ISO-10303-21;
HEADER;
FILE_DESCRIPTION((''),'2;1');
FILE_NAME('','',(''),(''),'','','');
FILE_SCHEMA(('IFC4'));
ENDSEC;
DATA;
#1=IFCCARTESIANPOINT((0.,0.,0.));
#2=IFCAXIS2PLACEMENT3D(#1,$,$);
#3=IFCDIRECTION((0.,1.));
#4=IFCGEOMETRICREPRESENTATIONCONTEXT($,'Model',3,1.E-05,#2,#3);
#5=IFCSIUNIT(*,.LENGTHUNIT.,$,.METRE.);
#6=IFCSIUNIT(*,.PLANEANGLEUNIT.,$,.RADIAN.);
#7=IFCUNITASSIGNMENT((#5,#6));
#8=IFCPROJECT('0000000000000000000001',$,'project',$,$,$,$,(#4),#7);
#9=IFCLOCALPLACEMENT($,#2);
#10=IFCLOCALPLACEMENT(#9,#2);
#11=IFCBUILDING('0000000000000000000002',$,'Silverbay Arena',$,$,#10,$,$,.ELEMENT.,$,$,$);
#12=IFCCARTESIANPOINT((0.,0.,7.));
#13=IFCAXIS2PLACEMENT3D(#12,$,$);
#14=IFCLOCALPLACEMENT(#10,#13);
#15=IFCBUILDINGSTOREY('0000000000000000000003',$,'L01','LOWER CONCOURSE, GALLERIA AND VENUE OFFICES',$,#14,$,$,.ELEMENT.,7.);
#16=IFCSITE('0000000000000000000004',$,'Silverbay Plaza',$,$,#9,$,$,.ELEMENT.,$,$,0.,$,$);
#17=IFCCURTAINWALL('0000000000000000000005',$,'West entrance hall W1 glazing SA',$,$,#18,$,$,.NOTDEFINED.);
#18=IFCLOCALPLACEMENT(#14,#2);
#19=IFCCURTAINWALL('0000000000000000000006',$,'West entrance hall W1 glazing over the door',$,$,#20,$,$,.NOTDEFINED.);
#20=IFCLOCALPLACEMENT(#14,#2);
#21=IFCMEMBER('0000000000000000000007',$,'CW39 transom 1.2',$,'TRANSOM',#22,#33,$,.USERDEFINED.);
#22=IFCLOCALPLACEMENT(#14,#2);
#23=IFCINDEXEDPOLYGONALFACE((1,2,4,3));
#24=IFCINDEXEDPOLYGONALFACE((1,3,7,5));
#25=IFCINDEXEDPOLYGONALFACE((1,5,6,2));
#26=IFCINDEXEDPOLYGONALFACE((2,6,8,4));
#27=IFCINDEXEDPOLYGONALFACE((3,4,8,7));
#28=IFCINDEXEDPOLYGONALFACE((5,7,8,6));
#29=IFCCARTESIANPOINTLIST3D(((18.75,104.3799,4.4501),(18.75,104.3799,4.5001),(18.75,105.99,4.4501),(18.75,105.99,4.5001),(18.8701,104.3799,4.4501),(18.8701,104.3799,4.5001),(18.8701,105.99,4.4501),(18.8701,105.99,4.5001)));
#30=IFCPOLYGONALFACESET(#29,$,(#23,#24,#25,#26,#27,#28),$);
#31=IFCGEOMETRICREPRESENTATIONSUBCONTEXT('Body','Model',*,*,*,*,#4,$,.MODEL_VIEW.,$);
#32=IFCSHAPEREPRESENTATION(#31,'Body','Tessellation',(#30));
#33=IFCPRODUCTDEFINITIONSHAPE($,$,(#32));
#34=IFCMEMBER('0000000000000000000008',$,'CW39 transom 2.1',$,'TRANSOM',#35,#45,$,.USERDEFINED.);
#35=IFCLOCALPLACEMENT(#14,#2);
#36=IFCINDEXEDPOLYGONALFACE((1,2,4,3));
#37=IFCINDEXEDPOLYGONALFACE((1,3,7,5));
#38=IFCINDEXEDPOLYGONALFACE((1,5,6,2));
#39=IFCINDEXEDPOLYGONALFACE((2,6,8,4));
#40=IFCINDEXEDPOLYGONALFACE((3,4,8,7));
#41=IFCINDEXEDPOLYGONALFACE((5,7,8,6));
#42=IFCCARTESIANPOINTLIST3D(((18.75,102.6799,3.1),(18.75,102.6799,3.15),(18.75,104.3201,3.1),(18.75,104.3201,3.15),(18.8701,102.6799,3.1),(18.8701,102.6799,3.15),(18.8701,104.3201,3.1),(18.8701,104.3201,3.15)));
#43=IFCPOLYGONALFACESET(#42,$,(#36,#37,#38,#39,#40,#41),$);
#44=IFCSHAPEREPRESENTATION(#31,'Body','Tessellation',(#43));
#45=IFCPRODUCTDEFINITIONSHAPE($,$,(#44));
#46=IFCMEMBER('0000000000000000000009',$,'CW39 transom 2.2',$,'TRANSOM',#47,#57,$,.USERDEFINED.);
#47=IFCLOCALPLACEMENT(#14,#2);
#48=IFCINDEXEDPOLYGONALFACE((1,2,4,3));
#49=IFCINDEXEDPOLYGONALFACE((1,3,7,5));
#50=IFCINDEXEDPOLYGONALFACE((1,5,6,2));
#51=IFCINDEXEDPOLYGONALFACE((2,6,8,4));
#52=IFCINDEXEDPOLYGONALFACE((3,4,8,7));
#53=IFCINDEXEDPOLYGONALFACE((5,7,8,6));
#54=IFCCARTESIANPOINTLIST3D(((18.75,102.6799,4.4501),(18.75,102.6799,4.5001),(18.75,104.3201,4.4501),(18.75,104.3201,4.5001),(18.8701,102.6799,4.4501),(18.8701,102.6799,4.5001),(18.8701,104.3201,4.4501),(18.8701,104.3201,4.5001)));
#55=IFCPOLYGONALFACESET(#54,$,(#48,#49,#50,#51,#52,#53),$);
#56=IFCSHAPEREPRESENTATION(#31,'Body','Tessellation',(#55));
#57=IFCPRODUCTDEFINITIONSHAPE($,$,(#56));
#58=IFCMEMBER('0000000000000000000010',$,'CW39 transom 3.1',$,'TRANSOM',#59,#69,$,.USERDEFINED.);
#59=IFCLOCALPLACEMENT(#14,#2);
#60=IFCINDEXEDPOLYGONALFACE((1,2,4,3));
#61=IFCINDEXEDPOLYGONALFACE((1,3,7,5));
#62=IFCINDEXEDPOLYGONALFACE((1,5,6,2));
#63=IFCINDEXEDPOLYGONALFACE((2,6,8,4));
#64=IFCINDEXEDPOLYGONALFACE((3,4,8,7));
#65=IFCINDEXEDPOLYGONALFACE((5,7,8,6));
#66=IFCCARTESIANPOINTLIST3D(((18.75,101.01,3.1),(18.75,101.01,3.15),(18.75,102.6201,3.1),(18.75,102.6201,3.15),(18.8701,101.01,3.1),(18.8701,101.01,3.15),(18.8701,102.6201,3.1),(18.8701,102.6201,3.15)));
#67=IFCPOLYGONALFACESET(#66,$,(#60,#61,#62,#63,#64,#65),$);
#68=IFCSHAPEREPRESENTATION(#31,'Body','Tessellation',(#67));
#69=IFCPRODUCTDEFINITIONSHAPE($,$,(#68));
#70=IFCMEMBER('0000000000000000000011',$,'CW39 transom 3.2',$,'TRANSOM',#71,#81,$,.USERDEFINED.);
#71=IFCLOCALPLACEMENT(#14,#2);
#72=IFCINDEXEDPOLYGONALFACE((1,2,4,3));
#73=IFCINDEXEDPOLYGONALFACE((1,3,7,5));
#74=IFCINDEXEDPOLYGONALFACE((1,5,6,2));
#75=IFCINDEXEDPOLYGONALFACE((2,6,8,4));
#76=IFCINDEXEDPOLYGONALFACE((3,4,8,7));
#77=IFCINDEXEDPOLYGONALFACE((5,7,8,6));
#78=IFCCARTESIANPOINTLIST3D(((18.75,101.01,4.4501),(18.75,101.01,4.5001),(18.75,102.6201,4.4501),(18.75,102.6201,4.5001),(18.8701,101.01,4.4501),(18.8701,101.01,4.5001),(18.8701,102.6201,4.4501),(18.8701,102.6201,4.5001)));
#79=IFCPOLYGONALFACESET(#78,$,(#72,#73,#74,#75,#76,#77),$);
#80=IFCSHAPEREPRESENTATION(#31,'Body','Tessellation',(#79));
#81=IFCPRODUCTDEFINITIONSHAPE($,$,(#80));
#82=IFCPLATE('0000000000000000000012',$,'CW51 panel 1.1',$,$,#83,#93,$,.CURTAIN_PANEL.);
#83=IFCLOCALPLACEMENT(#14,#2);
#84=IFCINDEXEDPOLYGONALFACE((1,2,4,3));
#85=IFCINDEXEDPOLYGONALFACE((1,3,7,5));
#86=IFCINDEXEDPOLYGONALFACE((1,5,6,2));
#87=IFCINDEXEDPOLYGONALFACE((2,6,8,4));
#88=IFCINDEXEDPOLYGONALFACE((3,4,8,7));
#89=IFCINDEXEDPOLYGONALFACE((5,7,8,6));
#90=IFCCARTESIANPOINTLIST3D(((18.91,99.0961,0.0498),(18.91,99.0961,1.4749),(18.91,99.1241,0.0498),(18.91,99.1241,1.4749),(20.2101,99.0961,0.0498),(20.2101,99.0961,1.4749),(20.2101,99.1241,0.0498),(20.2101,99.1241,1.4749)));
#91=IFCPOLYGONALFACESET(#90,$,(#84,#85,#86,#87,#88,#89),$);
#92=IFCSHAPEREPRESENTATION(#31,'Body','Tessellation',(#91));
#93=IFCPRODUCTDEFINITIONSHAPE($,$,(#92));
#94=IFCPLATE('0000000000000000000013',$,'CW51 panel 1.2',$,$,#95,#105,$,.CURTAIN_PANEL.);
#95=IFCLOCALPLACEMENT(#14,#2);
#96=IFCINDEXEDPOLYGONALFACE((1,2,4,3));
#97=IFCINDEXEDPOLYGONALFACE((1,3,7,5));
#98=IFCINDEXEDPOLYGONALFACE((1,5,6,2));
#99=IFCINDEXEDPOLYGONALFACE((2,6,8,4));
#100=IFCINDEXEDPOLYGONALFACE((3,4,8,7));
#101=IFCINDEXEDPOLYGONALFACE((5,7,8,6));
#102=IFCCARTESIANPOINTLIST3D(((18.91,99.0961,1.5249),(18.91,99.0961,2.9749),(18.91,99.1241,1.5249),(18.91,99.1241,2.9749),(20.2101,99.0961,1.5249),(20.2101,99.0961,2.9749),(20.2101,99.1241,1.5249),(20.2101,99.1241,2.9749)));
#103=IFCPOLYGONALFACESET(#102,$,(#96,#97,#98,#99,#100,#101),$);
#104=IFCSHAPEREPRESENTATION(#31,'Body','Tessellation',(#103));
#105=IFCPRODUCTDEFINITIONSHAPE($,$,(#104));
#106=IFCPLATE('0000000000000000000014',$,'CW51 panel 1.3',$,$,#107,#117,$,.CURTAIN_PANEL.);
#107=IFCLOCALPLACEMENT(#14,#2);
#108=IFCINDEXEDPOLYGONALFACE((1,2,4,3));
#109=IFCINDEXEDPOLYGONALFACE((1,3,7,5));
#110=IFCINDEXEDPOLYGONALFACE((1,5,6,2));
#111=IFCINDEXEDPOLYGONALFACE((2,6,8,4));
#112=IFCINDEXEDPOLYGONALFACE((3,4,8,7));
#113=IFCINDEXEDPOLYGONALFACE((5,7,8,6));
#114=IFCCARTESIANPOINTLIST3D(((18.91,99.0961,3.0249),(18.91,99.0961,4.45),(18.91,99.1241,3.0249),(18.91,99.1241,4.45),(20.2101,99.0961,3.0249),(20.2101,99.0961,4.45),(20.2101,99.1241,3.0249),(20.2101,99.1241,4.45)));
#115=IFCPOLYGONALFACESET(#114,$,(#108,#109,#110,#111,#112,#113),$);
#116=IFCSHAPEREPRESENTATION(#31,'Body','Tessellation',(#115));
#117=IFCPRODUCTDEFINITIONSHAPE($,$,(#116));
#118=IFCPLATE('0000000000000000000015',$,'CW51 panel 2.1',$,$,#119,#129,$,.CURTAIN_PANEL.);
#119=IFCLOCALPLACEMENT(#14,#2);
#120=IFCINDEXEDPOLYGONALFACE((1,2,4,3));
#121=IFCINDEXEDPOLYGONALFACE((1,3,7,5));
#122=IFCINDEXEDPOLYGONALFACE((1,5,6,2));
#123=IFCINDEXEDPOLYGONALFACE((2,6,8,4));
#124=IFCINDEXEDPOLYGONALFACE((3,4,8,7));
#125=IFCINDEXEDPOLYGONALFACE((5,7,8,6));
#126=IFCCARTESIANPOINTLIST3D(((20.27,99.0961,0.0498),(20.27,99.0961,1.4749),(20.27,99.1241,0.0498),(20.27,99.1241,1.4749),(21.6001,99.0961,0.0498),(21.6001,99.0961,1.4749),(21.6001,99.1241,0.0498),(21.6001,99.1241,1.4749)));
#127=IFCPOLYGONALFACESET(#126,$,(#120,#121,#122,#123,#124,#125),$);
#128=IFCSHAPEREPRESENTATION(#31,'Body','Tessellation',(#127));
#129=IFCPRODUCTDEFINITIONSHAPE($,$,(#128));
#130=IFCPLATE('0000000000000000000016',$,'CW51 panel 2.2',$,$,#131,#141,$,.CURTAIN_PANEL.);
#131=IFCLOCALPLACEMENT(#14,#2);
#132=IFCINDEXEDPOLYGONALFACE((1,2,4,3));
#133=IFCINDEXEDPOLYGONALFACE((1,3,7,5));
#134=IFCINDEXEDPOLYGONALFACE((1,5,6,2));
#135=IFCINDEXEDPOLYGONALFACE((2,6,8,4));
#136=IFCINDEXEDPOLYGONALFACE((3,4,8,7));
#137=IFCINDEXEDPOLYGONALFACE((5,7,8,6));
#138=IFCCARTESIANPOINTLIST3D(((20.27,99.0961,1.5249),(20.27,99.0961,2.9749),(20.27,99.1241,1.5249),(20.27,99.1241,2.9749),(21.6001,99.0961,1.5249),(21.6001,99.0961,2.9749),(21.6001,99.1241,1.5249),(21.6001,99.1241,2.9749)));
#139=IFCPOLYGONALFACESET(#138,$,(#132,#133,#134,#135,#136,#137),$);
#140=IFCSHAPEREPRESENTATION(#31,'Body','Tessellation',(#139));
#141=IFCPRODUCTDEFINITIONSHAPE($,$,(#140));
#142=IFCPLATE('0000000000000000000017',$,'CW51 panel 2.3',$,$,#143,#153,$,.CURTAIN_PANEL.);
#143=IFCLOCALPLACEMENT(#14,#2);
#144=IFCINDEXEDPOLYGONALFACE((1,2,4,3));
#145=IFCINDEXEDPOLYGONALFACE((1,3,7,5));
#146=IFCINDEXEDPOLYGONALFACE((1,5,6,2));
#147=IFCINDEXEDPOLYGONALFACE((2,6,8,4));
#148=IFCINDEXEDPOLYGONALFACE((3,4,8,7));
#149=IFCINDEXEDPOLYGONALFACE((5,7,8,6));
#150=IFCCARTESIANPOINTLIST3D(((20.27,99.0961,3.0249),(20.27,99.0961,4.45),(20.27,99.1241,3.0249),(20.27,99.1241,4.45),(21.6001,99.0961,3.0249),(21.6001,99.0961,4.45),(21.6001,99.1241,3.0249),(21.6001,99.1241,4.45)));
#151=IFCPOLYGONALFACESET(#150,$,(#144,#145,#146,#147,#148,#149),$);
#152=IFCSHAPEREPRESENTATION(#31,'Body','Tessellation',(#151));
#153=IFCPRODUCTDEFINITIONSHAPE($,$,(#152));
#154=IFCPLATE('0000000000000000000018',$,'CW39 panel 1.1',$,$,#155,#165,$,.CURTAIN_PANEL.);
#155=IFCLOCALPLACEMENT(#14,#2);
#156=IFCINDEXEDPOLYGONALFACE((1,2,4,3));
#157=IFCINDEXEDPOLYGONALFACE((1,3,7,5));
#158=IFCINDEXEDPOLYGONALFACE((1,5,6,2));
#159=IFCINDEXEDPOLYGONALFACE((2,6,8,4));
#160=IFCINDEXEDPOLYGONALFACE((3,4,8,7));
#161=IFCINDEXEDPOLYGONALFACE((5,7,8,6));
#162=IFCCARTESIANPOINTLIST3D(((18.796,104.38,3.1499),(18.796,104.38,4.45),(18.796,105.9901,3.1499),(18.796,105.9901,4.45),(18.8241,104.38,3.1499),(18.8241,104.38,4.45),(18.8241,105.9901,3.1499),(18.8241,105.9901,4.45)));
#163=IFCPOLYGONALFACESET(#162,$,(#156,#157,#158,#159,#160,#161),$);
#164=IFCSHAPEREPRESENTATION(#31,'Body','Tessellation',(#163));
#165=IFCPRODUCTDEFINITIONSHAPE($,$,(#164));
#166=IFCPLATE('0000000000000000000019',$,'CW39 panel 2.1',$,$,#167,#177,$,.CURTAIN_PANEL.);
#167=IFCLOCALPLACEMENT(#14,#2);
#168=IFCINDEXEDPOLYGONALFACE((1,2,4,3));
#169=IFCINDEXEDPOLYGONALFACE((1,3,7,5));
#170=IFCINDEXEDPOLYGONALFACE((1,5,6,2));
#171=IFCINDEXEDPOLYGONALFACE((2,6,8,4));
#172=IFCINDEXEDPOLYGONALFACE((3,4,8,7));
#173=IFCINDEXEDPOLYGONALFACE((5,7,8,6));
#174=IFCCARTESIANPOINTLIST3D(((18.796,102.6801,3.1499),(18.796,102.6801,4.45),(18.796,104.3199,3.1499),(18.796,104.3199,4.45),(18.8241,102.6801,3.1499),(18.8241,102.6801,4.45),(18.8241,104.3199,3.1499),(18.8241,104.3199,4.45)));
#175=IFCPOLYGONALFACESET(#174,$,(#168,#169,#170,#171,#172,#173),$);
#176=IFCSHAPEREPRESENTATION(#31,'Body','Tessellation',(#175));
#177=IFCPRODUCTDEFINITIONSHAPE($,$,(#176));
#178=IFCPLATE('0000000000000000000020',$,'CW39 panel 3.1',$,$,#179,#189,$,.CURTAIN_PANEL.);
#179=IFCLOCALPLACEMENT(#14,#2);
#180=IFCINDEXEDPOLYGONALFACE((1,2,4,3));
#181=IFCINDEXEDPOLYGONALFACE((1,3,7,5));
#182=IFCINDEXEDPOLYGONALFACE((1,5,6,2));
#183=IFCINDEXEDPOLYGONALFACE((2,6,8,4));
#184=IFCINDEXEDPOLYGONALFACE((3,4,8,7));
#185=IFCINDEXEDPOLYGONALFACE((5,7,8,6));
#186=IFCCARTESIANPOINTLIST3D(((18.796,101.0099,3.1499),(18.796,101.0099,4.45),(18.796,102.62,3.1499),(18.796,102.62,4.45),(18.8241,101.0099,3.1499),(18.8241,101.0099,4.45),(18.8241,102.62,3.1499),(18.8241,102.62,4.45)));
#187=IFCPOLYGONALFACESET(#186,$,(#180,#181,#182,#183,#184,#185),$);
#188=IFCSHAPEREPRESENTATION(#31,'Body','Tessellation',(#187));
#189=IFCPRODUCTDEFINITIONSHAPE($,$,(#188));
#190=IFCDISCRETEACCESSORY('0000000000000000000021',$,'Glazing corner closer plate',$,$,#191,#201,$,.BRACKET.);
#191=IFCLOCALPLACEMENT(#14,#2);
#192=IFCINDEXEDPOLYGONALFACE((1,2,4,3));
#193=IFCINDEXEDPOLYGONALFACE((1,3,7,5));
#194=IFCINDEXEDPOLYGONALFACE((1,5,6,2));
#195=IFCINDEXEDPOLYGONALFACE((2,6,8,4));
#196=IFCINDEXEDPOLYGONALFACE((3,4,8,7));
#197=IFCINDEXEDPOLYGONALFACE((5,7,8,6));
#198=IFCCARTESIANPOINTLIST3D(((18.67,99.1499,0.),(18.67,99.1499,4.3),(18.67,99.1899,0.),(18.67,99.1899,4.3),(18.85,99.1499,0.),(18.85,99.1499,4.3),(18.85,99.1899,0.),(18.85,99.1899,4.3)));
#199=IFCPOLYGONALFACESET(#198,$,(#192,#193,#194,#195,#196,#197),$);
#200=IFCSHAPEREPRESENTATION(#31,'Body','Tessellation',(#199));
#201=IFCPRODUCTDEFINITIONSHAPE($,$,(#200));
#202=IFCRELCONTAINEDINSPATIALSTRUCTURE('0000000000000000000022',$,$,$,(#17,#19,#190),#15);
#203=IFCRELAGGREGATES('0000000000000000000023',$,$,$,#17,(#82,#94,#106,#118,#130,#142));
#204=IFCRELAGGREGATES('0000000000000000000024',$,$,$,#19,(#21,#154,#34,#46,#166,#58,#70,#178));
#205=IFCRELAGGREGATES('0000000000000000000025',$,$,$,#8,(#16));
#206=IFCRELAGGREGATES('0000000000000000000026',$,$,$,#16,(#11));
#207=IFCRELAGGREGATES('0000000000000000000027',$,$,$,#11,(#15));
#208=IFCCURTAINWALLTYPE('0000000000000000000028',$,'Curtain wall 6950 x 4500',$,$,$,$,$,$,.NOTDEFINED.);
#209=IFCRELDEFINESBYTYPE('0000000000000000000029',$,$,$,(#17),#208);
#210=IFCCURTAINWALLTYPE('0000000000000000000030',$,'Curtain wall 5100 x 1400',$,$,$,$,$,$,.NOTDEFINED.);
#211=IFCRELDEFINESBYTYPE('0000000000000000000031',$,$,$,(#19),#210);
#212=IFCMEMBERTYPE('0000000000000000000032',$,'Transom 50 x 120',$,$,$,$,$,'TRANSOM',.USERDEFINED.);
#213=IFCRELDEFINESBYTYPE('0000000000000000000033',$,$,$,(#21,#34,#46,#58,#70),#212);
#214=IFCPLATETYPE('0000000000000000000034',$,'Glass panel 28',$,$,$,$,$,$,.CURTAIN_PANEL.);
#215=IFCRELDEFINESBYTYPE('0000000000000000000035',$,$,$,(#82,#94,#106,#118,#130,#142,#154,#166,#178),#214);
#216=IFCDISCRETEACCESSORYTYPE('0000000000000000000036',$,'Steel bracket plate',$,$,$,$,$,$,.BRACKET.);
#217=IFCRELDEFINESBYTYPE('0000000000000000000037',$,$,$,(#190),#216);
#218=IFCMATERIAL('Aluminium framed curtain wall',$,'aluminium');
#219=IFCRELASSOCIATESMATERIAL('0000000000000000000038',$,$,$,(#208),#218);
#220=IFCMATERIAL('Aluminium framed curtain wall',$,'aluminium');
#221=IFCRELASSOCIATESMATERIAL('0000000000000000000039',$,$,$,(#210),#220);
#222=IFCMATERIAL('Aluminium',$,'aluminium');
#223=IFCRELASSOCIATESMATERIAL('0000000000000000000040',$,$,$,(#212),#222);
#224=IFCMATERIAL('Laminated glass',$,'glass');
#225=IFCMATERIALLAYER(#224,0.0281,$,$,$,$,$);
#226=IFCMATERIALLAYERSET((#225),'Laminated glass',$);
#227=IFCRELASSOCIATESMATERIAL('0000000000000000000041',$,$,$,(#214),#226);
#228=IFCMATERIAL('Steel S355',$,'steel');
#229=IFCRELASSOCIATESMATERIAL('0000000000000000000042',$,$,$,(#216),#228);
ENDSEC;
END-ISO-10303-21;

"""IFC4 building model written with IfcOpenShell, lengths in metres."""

from ifc_helpers import new_model, si_unit, direction, frame, origin, origin_2d, place, context, subcontext, project, spatial, rectangle, extrude, material, layer, layer_set, material_profile, profile_set, type_object, element, aggregate, save


model = new_model("IFC4")

# Units and contexts
model_context = context("Model", 3, precision=1e-05, world=origin(), true_north=direction((0.0, 1.0)))
body_context = subcontext(model_context, "Body", "Model", "MODEL_VIEW")
ifc_project = project(units=[si_unit("LENGTHUNIT", "METRE"), si_unit("PLANEANGLEUNIT", "RADIAN")], contexts=[model_context])

# Site, building, storey
site_placement = place(None, origin())
site = spatial("IfcSite", under=ifc_project, at=site_placement, Name="Silverbay Plaza", CompositionType="ELEMENT", RefElevation=0.0)
building_placement = place(site_placement, origin())
building = spatial("IfcBuilding", under=site, at=building_placement, Name="Silverbay Arena", CompositionType="ELEMENT")
storey_placement = place(building_placement, frame((0.0, 0.0, 7.0)))
storey = spatial("IfcBuildingStorey", under=building, at=storey_placement, Name="L01", Description="LOWER CONCOURSE, GALLERIA AND VENUE OFFICES", CompositionType="ELEMENT", Elevation=7.0)

# Curtain walls
ifc_material_1 = material(Name="Aluminium framed curtain wall", Category="aluminium")
curtain_wall_type_1 = type_object("IfcCurtainWallType", Name="Curtain wall 6950 x 4500", PredefinedType="NOTDEFINED", material=ifc_material_1)
curtain_wall_1_placement = place(storey_placement, origin())
curtain_wall_1 = element("IfcCurtainWall", 1, at=curtain_wall_1_placement, inside=storey, type_object=curtain_wall_type_1, Name="West entrance hall W1 glazing SA", PredefinedType="NOTDEFINED")
ifc_material_2 = material(Name="Aluminium framed curtain wall", Category="aluminium")
curtain_wall_type_2 = type_object("IfcCurtainWallType", Name="Curtain wall 5100 x 1400", PredefinedType="NOTDEFINED", material=ifc_material_2)
curtain_wall_2_placement = place(storey_placement, origin())
curtain_wall_2 = element("IfcCurtainWall", 2, at=curtain_wall_2_placement, inside=storey, type_object=curtain_wall_type_2, Name="West entrance hall W1 glazing over the door", PredefinedType="NOTDEFINED")

# Members
ifc_material_3 = material(Name="Aluminium", Category="aluminium")
ifc_material_profile_1 = material_profile(ifc_material_3, rectangle(XDim=0.1201, YDim=0.05, at=origin_2d()), Name="Transom 50 x 120")
ifc_profile_set_1 = profile_set([ifc_material_profile_1], Name="Aluminium")
member_type_1 = type_object("IfcMemberType", Name="Transom 50 x 120", ElementType="TRANSOM", PredefinedType="USERDEFINED", material=ifc_profile_set_1)
member_1_placement = place(storey_placement, frame((18.8101, 105.99, 4.4751), z_axis=(0.0, -1.0, 0.0), x_axis=(1.0, 0.0, 0.0)))
member_1 = element("IfcMember", 3, at=member_1_placement, type_object=member_type_1, Name="CW39 transom 1.2", ObjectType="TRANSOM", PredefinedType="USERDEFINED", context=body_context, shape_type="SweptSolid", body=[
    extrude(rectangle(XDim=0.1201, YDim=0.05, at=origin_2d()), origin(), (0.0, 0.0, 1.0), 1.6101),
])
member_2_placement = place(storey_placement, frame((18.8101, 104.3201, 3.125), z_axis=(0.0, -1.0, 0.0), x_axis=(1.0, 0.0, 0.0)))
member_2 = element("IfcMember", 4, at=member_2_placement, type_object=member_type_1, Name="CW39 transom 2.1", ObjectType="TRANSOM", PredefinedType="USERDEFINED", context=body_context, shape_type="SweptSolid", body=[
    extrude(rectangle(XDim=0.1201, YDim=0.05, at=origin_2d()), origin(), (0.0, 0.0, 1.0), 1.6401),
])
member_3_placement = place(storey_placement, frame((18.8101, 104.3201, 4.4751), z_axis=(0.0, -1.0, 0.0), x_axis=(1.0, 0.0, 0.0)))
member_3 = element("IfcMember", 5, at=member_3_placement, type_object=member_type_1, Name="CW39 transom 2.2", ObjectType="TRANSOM", PredefinedType="USERDEFINED", context=body_context, shape_type="SweptSolid", body=[
    extrude(rectangle(XDim=0.1201, YDim=0.05, at=origin_2d()), origin(), (0.0, 0.0, 1.0), 1.6401),
])
member_4_placement = place(storey_placement, frame((18.8101, 102.6201, 3.125), z_axis=(0.0, -1.0, 0.0), x_axis=(1.0, 0.0, 0.0)))
member_4 = element("IfcMember", 6, at=member_4_placement, type_object=member_type_1, Name="CW39 transom 3.1", ObjectType="TRANSOM", PredefinedType="USERDEFINED", context=body_context, shape_type="SweptSolid", body=[
    extrude(rectangle(XDim=0.1201, YDim=0.05, at=origin_2d()), origin(), (0.0, 0.0, 1.0), 1.6101),
])
member_5_placement = place(storey_placement, frame((18.8101, 102.6201, 4.4751), z_axis=(0.0, -1.0, 0.0), x_axis=(1.0, 0.0, 0.0)))
member_5 = element("IfcMember", 7, at=member_5_placement, type_object=member_type_1, Name="CW39 transom 3.2", ObjectType="TRANSOM", PredefinedType="USERDEFINED", context=body_context, shape_type="SweptSolid", body=[
    extrude(rectangle(XDim=0.1201, YDim=0.05, at=origin_2d()), origin(), (0.0, 0.0, 1.0), 1.6101),
])

# Plates
ifc_material_4 = material(Name="Laminated glass", Category="glass")
ifc_layer = layer(ifc_material_4, 0.0281)
ifc_layer_set = layer_set([ifc_layer], Name="Laminated glass")
plate_type = type_object("IfcPlateType", Name="Glass panel 28", PredefinedType="CURTAIN_PANEL", material=ifc_layer_set)
plate_1_placement = place(storey_placement, frame((19.5601, 99.1101, 0.0498), z_axis=(0.0, 0.0, 1.0), x_axis=(1.0, 0.0, 0.0)))
plate_1 = element("IfcPlate", 8, at=plate_1_placement, type_object=plate_type, Name="CW51 panel 1.1", PredefinedType="CURTAIN_PANEL", context=body_context, shape_type="SweptSolid", body=[
    extrude(rectangle(XDim=1.3, YDim=0.0281, at=origin_2d()), origin(), (0.0, 0.0, 1.0), 1.425),
])
plate_2_placement = place(storey_placement, frame((19.5601, 99.1101, 1.5249), z_axis=(0.0, 0.0, 1.0), x_axis=(1.0, 0.0, 0.0)))
plate_2 = element("IfcPlate", 9, at=plate_2_placement, type_object=plate_type, Name="CW51 panel 1.2", PredefinedType="CURTAIN_PANEL", context=body_context, shape_type="SweptSolid", body=[
    extrude(rectangle(XDim=1.3, YDim=0.0281, at=origin_2d()), origin(), (0.0, 0.0, 1.0), 1.45),
])
plate_3_placement = place(storey_placement, frame((19.5601, 99.1101, 3.0249), z_axis=(0.0, 0.0, 1.0), x_axis=(1.0, 0.0, 0.0)))
plate_3 = element("IfcPlate", 10, at=plate_3_placement, type_object=plate_type, Name="CW51 panel 1.3", PredefinedType="CURTAIN_PANEL", context=body_context, shape_type="SweptSolid", body=[
    extrude(rectangle(XDim=1.3, YDim=0.0281, at=origin_2d()), origin(), (0.0, 0.0, 1.0), 1.425),
])
plate_4_placement = place(storey_placement, frame((20.9351, 99.1101, 0.0498), z_axis=(0.0, 0.0, 1.0), x_axis=(1.0, 0.0, 0.0)))
plate_4 = element("IfcPlate", 11, at=plate_4_placement, type_object=plate_type, Name="CW51 panel 2.1", PredefinedType="CURTAIN_PANEL", context=body_context, shape_type="SweptSolid", body=[
    extrude(rectangle(XDim=1.3301, YDim=0.0281, at=origin_2d()), origin(), (0.0, 0.0, 1.0), 1.425),
])
plate_5_placement = place(storey_placement, frame((20.9351, 99.1101, 1.5249), z_axis=(0.0, 0.0, 1.0), x_axis=(1.0, 0.0, 0.0)))
plate_5 = element("IfcPlate", 12, at=plate_5_placement, type_object=plate_type, Name="CW51 panel 2.2", PredefinedType="CURTAIN_PANEL", context=body_context, shape_type="SweptSolid", body=[
    extrude(rectangle(XDim=1.3301, YDim=0.0281, at=origin_2d()), origin(), (0.0, 0.0, 1.0), 1.45),
])
plate_6_placement = place(storey_placement, frame((20.9351, 99.1101, 3.0249), z_axis=(0.0, 0.0, 1.0), x_axis=(1.0, 0.0, 0.0)))
plate_6 = element("IfcPlate", 13, at=plate_6_placement, type_object=plate_type, Name="CW51 panel 2.3", PredefinedType="CURTAIN_PANEL", context=body_context, shape_type="SweptSolid", body=[
    extrude(rectangle(XDim=1.3301, YDim=0.0281, at=origin_2d()), origin(), (0.0, 0.0, 1.0), 1.425),
])
aggregate(curtain_wall_1, [plate_1, plate_2, plate_3, plate_4, plate_5, plate_6])
plate_7_placement = place(storey_placement, frame((18.8101, 105.1851, 3.1499), z_axis=(0.0, 0.0, 1.0), x_axis=(0.0, -1.0, 0.0)))
plate_7 = element("IfcPlate", 14, at=plate_7_placement, type_object=plate_type, Name="CW39 panel 1.1", PredefinedType="CURTAIN_PANEL", context=body_context, shape_type="SweptSolid", body=[
    extrude(rectangle(XDim=1.6101, YDim=0.0281, at=origin_2d()), origin(), (0.0, 0.0, 1.0), 1.3),
])
plate_8_placement = place(storey_placement, frame((18.8101, 103.5, 3.1499), z_axis=(0.0, 0.0, 1.0), x_axis=(0.0, -1.0, 0.0)))
plate_8 = element("IfcPlate", 15, at=plate_8_placement, type_object=plate_type, Name="CW39 panel 2.1", PredefinedType="CURTAIN_PANEL", context=body_context, shape_type="SweptSolid", body=[
    extrude(rectangle(XDim=1.6399, YDim=0.0281, at=origin_2d()), origin(), (0.0, 0.0, 1.0), 1.3),
])
plate_9_placement = place(storey_placement, frame((18.8101, 101.8149, 3.1499), z_axis=(0.0, 0.0, 1.0), x_axis=(0.0, -1.0, 0.0)))
plate_9 = element("IfcPlate", 16, at=plate_9_placement, type_object=plate_type, Name="CW39 panel 3.1", PredefinedType="CURTAIN_PANEL", context=body_context, shape_type="SweptSolid", body=[
    extrude(rectangle(XDim=1.6101, YDim=0.0281, at=origin_2d()), origin(), (0.0, 0.0, 1.0), 1.3),
])
aggregate(curtain_wall_2, [member_1, plate_7, member_2, member_3, plate_8, member_4, member_5, plate_9])

# Discrete accessory
ifc_material_5 = material(Name="Steel S355", Category="steel")
discrete_accessory_type = type_object("IfcDiscreteAccessoryType", Name="Steel bracket plate", PredefinedType="BRACKET", material=ifc_material_5)
discrete_accessory_placement = place(storey_placement, frame((18.76, 99.1699, 0.0), z_axis=(0.0, 0.0, 1.0), x_axis=(1.0, 0.0, 0.0)))
element("IfcDiscreteAccessory", 17, at=discrete_accessory_placement, inside=storey, type_object=discrete_accessory_type, Name="Glazing corner closer plate", PredefinedType="BRACKET", context=body_context, shape_type="SweptSolid", body=[
    extrude(rectangle(XDim=0.1799, YDim=0.04, at=origin_2d()), origin(), (0.0, 0.0, 1.0), 4.3),
])

save(model, "model.ifc")
